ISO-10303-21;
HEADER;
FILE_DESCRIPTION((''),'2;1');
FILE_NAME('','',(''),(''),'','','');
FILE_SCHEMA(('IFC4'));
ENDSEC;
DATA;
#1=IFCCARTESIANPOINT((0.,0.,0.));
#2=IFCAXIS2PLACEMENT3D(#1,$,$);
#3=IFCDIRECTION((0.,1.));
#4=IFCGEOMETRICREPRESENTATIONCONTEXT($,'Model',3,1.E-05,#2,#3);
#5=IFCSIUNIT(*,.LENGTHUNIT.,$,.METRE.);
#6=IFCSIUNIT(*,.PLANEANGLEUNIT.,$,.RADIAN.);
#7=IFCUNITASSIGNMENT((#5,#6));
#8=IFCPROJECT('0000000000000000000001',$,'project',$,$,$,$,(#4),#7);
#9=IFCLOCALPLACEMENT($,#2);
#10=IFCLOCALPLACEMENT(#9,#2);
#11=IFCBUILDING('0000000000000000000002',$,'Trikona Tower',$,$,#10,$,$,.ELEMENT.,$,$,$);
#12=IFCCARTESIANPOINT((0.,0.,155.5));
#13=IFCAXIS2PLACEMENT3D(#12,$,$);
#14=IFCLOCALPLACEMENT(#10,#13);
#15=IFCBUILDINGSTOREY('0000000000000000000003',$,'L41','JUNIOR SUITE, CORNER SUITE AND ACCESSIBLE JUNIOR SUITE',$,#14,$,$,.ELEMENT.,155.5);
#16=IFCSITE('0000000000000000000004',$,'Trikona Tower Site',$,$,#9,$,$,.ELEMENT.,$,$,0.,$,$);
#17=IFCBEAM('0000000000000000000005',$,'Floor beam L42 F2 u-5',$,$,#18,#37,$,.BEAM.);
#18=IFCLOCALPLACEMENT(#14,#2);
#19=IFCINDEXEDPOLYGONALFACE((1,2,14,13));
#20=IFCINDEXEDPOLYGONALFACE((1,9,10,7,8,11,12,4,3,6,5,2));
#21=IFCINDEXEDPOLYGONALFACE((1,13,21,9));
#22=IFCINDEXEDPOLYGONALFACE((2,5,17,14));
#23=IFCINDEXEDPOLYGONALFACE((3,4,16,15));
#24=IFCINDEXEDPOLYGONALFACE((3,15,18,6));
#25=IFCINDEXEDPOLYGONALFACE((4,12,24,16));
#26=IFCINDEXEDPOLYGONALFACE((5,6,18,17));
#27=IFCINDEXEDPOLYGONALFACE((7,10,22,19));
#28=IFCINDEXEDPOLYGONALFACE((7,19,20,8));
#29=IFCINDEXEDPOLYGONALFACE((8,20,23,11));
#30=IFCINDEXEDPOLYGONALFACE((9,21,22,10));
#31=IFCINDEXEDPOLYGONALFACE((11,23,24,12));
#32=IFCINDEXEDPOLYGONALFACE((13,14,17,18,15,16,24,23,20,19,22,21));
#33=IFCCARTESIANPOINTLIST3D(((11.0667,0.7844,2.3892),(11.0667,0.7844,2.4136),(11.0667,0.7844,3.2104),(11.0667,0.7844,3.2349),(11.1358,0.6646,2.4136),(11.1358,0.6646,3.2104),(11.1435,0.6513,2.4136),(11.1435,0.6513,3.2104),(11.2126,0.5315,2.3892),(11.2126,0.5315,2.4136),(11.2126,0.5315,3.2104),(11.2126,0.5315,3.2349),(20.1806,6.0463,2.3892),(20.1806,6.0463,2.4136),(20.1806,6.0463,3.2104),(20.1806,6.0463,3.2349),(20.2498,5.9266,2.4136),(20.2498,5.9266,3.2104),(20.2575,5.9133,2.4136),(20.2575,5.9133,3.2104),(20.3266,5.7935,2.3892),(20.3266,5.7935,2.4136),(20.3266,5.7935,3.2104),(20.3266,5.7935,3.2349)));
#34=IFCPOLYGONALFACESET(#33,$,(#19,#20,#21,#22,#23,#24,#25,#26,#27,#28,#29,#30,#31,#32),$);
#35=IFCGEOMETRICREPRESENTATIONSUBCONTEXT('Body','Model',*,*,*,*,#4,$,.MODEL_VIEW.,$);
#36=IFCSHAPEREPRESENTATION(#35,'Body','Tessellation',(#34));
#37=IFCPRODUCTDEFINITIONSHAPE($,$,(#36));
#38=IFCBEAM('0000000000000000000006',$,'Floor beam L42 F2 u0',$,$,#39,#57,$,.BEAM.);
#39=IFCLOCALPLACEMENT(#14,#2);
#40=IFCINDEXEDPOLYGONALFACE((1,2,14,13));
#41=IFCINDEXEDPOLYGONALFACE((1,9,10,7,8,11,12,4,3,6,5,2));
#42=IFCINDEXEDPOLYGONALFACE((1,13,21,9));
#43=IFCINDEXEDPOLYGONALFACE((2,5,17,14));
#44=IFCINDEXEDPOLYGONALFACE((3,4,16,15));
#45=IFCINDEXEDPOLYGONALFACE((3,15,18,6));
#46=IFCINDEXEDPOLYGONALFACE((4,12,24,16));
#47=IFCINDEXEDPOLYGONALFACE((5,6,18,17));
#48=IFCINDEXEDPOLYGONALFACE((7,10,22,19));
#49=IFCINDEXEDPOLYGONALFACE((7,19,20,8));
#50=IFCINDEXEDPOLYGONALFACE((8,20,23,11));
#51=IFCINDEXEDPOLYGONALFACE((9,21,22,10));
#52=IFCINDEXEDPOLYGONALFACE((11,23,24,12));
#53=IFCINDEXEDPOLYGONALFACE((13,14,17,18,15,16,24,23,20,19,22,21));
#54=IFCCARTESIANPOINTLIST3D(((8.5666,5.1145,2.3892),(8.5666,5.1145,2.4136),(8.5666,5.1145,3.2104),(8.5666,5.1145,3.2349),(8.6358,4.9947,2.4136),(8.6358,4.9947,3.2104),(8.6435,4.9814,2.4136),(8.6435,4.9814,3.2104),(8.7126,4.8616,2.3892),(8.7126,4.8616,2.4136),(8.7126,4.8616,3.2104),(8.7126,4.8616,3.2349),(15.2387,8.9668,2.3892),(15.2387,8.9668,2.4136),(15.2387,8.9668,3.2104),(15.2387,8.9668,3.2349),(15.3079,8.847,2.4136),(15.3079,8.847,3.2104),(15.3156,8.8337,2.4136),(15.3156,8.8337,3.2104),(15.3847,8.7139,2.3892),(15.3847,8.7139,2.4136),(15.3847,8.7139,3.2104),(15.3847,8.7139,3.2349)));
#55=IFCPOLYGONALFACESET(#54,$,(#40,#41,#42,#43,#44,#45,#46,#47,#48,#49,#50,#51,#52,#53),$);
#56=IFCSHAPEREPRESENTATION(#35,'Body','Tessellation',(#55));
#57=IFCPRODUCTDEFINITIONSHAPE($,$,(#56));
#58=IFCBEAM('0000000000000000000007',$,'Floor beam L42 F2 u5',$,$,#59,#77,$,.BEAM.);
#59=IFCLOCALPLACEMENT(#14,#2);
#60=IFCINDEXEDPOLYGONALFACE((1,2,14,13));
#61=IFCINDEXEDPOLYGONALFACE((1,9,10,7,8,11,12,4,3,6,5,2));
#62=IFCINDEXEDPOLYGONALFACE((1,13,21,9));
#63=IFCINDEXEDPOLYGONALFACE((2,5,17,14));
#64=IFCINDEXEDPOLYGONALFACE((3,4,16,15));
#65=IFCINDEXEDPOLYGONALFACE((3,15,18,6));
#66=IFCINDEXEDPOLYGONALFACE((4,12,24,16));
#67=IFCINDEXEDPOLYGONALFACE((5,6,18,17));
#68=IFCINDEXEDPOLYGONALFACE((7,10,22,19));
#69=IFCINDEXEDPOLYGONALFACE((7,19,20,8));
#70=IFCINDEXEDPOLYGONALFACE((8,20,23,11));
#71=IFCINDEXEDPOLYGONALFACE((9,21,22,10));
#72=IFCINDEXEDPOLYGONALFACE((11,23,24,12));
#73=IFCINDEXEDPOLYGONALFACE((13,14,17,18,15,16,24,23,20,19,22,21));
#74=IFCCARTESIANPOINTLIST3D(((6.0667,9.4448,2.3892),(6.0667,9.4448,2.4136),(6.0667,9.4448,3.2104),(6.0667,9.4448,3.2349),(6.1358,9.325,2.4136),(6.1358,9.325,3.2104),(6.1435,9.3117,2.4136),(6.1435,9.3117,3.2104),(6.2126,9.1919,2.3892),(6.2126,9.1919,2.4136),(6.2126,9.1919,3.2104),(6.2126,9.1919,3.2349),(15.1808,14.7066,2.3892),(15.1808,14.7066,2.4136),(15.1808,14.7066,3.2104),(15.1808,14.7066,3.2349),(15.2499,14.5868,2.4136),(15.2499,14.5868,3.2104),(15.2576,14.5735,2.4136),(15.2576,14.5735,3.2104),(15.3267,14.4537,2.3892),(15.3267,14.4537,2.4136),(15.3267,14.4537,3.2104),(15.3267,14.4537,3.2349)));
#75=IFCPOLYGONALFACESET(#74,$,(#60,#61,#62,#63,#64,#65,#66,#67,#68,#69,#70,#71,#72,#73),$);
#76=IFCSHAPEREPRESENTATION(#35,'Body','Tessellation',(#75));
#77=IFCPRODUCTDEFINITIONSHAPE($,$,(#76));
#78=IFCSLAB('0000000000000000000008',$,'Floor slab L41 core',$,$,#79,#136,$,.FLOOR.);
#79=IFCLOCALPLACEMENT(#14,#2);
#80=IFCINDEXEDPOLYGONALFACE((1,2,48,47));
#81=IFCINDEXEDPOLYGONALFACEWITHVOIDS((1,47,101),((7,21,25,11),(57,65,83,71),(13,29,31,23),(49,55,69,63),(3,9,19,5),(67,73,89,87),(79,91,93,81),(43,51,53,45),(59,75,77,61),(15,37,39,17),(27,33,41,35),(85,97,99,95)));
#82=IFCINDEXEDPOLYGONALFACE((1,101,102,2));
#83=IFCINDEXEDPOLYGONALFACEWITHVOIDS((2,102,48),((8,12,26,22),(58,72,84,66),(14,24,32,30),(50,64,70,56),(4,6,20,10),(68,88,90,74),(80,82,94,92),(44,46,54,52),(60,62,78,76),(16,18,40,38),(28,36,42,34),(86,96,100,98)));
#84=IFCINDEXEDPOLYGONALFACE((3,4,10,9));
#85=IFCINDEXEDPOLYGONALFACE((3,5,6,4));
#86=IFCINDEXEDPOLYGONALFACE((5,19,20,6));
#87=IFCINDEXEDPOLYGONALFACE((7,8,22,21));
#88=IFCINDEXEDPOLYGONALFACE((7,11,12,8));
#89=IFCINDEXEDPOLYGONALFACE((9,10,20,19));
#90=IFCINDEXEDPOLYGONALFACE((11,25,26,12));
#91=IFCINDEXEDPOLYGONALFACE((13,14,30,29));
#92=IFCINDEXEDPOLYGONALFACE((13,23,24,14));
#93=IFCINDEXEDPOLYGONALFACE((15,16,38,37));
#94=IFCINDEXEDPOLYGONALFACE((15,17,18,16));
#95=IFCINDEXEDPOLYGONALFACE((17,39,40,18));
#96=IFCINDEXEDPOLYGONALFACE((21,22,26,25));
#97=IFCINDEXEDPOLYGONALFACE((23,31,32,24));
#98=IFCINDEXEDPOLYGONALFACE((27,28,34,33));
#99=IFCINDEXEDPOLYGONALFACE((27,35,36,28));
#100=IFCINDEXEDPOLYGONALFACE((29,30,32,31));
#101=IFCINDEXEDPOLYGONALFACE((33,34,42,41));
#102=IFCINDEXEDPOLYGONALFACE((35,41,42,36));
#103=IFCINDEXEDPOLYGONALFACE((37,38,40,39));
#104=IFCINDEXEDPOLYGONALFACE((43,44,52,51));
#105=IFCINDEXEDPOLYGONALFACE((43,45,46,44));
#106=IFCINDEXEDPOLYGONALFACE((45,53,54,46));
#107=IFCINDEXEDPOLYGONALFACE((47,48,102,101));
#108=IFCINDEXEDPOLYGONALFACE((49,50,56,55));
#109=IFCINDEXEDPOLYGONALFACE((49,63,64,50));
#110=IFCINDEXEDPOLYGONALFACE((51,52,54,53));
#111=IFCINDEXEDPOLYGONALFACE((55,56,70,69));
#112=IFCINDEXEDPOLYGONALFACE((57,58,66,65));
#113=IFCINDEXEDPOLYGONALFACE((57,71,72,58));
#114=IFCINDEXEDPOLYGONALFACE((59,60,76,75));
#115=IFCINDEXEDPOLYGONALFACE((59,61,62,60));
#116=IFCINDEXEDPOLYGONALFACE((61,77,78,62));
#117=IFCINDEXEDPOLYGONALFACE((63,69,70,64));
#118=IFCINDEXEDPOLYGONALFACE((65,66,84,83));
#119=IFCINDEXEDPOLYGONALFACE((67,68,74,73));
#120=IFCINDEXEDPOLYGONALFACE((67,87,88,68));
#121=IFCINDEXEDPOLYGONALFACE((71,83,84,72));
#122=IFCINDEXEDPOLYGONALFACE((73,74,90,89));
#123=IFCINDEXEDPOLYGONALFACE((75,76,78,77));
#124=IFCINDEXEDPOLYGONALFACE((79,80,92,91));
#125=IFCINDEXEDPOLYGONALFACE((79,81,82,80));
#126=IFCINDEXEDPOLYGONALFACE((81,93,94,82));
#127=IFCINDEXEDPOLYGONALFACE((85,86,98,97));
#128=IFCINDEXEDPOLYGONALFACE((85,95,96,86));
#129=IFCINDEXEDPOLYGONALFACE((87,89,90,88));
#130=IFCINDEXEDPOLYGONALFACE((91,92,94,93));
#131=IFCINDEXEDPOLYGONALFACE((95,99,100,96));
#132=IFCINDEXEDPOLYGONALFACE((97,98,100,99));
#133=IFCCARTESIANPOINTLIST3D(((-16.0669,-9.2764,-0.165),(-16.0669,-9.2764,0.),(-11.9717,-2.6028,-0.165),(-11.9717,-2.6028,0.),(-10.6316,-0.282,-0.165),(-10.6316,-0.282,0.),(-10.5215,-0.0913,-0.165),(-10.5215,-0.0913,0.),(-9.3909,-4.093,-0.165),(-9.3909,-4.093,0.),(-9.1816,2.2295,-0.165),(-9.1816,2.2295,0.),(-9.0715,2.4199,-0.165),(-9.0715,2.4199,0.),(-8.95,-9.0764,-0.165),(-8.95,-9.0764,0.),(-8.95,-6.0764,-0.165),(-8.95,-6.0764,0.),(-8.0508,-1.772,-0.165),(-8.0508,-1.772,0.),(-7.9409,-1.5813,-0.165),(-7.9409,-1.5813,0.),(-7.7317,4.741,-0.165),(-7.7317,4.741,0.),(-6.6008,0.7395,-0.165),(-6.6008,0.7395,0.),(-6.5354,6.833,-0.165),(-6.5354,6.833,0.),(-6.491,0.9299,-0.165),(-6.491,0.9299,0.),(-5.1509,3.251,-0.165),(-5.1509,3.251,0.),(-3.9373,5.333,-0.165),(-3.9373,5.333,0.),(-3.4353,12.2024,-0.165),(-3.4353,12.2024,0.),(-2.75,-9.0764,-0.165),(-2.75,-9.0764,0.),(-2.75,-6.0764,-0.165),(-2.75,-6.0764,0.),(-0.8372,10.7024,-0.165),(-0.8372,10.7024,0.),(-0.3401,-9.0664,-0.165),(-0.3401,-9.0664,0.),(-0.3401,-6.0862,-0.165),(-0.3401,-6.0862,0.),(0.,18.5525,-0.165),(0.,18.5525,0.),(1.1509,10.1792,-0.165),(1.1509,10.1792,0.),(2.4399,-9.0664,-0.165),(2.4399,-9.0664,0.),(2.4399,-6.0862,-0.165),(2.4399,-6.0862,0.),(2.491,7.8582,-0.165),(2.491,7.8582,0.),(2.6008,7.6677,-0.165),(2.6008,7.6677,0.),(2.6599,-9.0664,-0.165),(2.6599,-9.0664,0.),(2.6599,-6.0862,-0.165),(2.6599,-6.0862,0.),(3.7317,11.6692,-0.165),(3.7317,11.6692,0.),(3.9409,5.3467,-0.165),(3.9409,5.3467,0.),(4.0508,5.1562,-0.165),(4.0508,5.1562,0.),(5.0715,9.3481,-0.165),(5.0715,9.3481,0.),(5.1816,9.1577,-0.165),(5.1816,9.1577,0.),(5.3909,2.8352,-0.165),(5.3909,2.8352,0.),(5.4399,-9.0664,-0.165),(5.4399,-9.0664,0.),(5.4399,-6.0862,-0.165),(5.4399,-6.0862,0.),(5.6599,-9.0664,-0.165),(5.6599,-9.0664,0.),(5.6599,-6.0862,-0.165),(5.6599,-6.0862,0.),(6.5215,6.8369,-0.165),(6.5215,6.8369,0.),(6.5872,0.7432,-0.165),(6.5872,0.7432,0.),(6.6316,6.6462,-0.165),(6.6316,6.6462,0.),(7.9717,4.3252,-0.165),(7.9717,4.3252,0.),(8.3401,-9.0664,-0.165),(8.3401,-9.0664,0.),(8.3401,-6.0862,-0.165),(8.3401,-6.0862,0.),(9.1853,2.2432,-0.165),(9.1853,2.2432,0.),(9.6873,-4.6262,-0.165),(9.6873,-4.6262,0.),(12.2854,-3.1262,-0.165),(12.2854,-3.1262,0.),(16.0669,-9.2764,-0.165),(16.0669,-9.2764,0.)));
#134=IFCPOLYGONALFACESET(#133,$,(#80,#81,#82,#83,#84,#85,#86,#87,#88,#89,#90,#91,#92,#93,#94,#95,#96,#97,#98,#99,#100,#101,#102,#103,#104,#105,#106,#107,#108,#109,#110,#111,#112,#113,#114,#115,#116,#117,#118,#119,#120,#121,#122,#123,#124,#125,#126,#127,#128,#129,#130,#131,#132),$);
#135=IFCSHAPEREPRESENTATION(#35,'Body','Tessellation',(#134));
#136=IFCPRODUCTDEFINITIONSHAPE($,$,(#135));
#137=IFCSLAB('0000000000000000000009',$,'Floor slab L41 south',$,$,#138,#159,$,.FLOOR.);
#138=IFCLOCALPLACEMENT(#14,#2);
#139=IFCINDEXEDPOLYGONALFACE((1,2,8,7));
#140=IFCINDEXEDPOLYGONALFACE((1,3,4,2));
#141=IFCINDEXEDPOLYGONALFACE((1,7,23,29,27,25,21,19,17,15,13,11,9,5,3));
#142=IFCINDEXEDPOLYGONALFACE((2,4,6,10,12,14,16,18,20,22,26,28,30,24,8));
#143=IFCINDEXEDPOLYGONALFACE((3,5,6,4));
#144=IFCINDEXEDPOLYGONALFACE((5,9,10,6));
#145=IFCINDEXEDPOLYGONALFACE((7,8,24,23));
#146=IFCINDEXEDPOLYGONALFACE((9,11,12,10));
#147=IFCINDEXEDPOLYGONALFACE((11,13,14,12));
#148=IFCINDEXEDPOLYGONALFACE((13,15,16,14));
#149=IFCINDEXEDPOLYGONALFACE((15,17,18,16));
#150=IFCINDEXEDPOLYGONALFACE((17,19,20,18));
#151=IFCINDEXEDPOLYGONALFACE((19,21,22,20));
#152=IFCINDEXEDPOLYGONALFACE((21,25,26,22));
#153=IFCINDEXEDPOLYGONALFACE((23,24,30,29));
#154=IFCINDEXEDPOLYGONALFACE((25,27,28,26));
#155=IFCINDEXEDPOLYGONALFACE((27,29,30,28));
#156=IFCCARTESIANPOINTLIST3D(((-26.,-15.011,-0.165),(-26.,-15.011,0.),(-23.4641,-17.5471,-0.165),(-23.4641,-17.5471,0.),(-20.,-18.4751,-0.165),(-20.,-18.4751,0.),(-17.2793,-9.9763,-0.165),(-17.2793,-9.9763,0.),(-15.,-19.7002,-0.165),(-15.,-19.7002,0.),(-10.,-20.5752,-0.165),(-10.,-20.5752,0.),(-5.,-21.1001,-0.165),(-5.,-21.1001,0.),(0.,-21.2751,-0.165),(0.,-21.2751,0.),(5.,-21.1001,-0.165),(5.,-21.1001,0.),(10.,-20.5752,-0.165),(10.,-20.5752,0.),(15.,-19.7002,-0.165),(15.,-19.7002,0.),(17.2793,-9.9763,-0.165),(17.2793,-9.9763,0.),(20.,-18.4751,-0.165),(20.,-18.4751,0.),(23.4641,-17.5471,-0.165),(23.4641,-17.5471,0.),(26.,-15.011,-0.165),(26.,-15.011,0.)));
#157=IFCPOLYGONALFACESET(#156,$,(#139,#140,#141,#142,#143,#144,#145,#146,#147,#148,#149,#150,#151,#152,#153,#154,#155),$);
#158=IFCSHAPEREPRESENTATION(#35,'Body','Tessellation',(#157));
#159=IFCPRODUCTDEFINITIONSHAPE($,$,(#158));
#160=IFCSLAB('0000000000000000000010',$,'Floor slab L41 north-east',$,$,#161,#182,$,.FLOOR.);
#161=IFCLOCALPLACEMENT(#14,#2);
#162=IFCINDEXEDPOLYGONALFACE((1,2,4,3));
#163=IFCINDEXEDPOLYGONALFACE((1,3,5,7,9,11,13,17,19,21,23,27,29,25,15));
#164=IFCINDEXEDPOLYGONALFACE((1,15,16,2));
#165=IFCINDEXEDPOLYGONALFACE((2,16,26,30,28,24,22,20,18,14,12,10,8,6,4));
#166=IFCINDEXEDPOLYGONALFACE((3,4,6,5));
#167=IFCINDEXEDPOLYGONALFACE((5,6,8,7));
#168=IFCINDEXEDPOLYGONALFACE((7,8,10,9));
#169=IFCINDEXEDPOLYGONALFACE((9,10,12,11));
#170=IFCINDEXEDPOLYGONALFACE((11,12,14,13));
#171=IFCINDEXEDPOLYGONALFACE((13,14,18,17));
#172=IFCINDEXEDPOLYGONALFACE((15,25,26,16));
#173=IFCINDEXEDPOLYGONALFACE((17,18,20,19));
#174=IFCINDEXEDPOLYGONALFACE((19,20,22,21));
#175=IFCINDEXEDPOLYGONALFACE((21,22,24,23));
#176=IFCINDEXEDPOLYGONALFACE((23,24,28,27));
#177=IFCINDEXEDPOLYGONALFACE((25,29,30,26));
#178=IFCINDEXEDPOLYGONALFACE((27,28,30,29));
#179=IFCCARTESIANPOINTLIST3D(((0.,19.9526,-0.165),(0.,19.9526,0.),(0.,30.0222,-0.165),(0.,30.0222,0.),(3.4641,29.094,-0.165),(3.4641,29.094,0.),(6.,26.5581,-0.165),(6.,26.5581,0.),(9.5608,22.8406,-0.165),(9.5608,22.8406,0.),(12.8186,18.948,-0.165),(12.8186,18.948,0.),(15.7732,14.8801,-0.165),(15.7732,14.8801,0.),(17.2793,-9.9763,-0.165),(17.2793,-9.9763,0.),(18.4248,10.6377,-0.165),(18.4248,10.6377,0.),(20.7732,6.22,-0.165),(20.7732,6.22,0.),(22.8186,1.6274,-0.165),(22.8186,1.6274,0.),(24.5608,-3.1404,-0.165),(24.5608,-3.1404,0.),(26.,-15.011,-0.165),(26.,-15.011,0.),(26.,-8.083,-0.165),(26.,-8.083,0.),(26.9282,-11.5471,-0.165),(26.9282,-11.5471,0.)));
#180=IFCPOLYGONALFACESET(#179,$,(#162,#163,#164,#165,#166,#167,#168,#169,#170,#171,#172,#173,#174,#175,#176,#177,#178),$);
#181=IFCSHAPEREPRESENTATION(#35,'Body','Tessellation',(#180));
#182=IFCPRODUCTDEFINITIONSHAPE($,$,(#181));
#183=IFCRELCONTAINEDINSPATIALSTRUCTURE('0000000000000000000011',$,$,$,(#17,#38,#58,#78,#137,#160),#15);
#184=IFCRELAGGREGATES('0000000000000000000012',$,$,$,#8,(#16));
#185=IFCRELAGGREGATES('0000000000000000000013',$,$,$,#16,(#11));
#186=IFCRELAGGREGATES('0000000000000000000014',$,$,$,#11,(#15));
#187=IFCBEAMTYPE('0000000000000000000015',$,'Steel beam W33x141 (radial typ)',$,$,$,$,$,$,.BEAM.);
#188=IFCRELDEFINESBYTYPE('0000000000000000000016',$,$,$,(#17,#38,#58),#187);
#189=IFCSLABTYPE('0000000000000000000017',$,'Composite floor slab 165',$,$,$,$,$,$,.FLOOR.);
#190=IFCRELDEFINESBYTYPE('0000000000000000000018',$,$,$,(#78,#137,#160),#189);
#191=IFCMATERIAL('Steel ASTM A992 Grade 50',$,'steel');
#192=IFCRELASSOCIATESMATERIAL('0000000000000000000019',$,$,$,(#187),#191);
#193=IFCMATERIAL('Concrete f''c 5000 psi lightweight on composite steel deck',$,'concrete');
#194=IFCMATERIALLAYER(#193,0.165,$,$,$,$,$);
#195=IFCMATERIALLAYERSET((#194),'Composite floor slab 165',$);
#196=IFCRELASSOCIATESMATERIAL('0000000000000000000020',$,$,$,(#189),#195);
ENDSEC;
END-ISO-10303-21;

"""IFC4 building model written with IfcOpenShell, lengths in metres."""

from ifc_helpers import new_model, si_unit, direction, frame, origin, origin_2d, place, context, subcontext, project, spatial, polyline, i_section, outline, extrude, material, layer, layer_set, material_profile, profile_set, type_object, element, save


model = new_model("IFC4")

# Units and contexts
model_context = context("Model", 3, precision=1e-05, world=origin(), true_north=direction((0.0, 1.0)))
body_context = subcontext(model_context, "Body", "Model", "MODEL_VIEW")
ifc_project = project(units=[si_unit("LENGTHUNIT", "METRE"), si_unit("PLANEANGLEUNIT", "RADIAN")], contexts=[model_context])

# Site, building, storey
site_placement = place(None, origin())
site = spatial("IfcSite", under=ifc_project, at=site_placement, Name="Trikona Tower Site", CompositionType="ELEMENT", RefElevation=0.0)
building_placement = place(site_placement, origin())
building = spatial("IfcBuilding", under=site, at=building_placement, Name="Trikona Tower", CompositionType="ELEMENT")
storey_placement = place(building_placement, frame((0.0, 0.0, 155.5)))
storey = spatial("IfcBuildingStorey", under=building, at=storey_placement, Name="L41", Description="JUNIOR SUITE, CORNER SUITE AND ACCESSIBLE JUNIOR SUITE", CompositionType="ELEMENT", Elevation=155.5)

# Beams
ifc_material_1 = material(Name="Steel ASTM A992 Grade 50", Category="steel")
ifc_material_profile = material_profile(ifc_material_1, i_section(OverallWidth=0.292, OverallDepth=0.8457, WebThickness=0.0154, FlangeThickness=0.0244, at=origin_2d()), Name="W33X141")
ifc_profile_set = profile_set([ifc_material_profile], Name="Steel ASTM A992 Grade 50")
beam_type = type_object("IfcBeamType", Name="Steel beam W33x141 (radial typ)", PredefinedType="BEAM", material=ifc_profile_set)
beam_1_placement = place(storey_placement, frame((11.1396, 0.658, 2.812), z_axis=(0.866026, 0.499999, 0.0), x_axis=(-0.499999, 0.866026, 0.0)))
element("IfcBeam", 1, at=beam_1_placement, inside=storey, type_object=beam_type, Name="Floor beam L42 F2 u-5", PredefinedType="BEAM", context=body_context, shape_type="SweptSolid", body=[
    extrude(i_section(OverallWidth=0.292, OverallDepth=0.8457, WebThickness=0.0154, FlangeThickness=0.0244, at=origin_2d()), origin(), (0.0, 0.0, 1.0), 10.5239),
])
beam_2_placement = place(storey_placement, frame((8.6396, 4.988, 2.812), z_axis=(0.866017, 0.500014, 0.0), x_axis=(-0.500014, 0.866017, 0.0)))
element("IfcBeam", 2, at=beam_2_placement, inside=storey, type_object=beam_type, Name="Floor beam L42 F2 u0", PredefinedType="BEAM", context=body_context, shape_type="SweptSolid", body=[
    extrude(i_section(OverallWidth=0.292, OverallDepth=0.8457, WebThickness=0.0154, FlangeThickness=0.0244, at=origin_2d()), origin(), (0.0, 0.0, 1.0), 7.7043),
])
beam_3_placement = place(storey_placement, frame((6.1396, 9.3184, 2.812), z_axis=(0.866036, 0.499982, 0.0), x_axis=(-0.499982, 0.866036, 0.0)))
element("IfcBeam", 3, at=beam_3_placement, inside=storey, type_object=beam_type, Name="Floor beam L42 F2 u5", PredefinedType="BEAM", context=body_context, shape_type="SweptSolid", body=[
    extrude(i_section(OverallWidth=0.292, OverallDepth=0.8457, WebThickness=0.0154, FlangeThickness=0.0244, at=origin_2d()), origin(), (0.0, 0.0, 1.0), 10.5239),
])

# Slabs
ifc_material_2 = material(Name="Concrete f'c 5000 psi lightweight on composite steel deck", Category="concrete")
ifc_layer_1 = layer(ifc_material_2, 0.165)
ifc_layer_set_1 = layer_set([ifc_layer_1], Name="Composite floor slab 165")
slab_type_1 = type_object("IfcSlabType", Name="Composite floor slab 165", PredefinedType="FLOOR", material=ifc_layer_set_1)
slab_1_placement = place(storey_placement, frame((0.0, 0.0, -0.165)))
element("IfcSlab", 4, at=slab_1_placement, inside=storey, type_object=slab_type_1, Name="Floor slab L41 core", PredefinedType="FLOOR", context=body_context, shape_type="SweptSolid", body=[
    extrude(outline(polyline([(-16.0669, -9.2764), (16.0669, -9.2764), (0.0, 18.5525), (-16.0669, -9.2764)]), holes=[polyline([(12.2854, -3.1262), (9.1853, 2.2432), (6.5872, 0.7432), (9.6873, -4.6262), (12.2854, -3.1262)]), polyline([(8.3401, -9.0664), (8.3401, -6.0862), (5.6599, -6.0862), (5.6599, -9.0664), (8.3401, -9.0664)]), polyline([(5.3909, 2.8352), (7.9717, 4.3252), (6.6316, 6.6462), (4.0508, 5.1562), (5.3909, 2.8352)]), polyline([(2.6008, 7.6677), (3.9409, 5.3467), (6.5215, 6.8369), (5.1816, 9.1577), (2.6008, 7.6677)]), polyline([(5.4399, -6.0862), (2.6599, -6.0862), (2.6599, -9.0664), (5.4399, -9.0664), (5.4399, -6.0862)]), polyline([(3.7317, 11.6692), (1.1509, 10.1792), (2.491, 7.8582), (5.0715, 9.3481), (3.7317, 11.6692)]), polyline([(-0.3401, -6.0862), (-0.3401, -9.0664), (2.4399, -9.0664), (2.4399, -6.0862), (-0.3401, -6.0862)]), polyline([(-3.4353, 12.2024), (-6.5354, 6.833), (-3.9373, 5.333), (-0.8372, 10.7024), (-3.4353, 12.2024)]), polyline([(-8.95, -9.0764), (-2.75, -9.0764), (-2.75, -6.0764), (-8.95, -6.0764), (-8.95, -9.0764)]), polyline([(-5.1509, 3.251), (-7.7317, 4.741), (-9.0715, 2.4199), (-6.491, 0.9299), (-5.1509, 3.251)]), polyline([(-7.9409, -1.5813), (-6.6008, 0.7395), (-9.1816, 2.2295), (-10.5215, -0.0913), (-7.9409, -1.5813)]), polyline([(-11.9717, -2.6028), (-9.3909, -4.093), (-8.0508, -1.772), (-10.6316, -0.282), (-11.9717, -2.6028)])]), origin(), (0.0, 0.0, 1.0), 0.165),
])
slab_2_placement = place(storey_placement, frame((0.0, 0.0, -0.165)))
element("IfcSlab", 5, at=slab_2_placement, inside=storey, type_object=slab_type_1, Name="Floor slab L41 south", PredefinedType="FLOOR", context=body_context, shape_type="SweptSolid", body=[
    extrude(outline(polyline([(23.4641, -17.5471), (26.0, -15.011), (17.2793, -9.9763), (-17.2793, -9.9763), (-26.0, -15.011), (-23.4641, -17.5471), (-20.0, -18.4751), (-15.0, -19.7002), (-10.0, -20.5752), (-5.0, -21.1001), (0.0, -21.2751), (5.0, -21.1001), (10.0, -20.5752), (15.0, -19.7002), (20.0, -18.4751), (23.4641, -17.5471)])), origin(), (0.0, 0.0, 1.0), 0.165),
])
slab_3_placement = place(storey_placement, frame((0.0, 0.0, -0.165)))
element("IfcSlab", 6, at=slab_3_placement, inside=storey, type_object=slab_type_1, Name="Floor slab L41 north-east", PredefinedType="FLOOR", context=body_context, shape_type="SweptSolid", body=[
    extrude(outline(polyline([(3.4641, 29.094), (0.0, 30.0222), (0.0, 19.9526), (17.2793, -9.9763), (26.0, -15.011), (26.9282, -11.5471), (26.0, -8.083), (24.5608, -3.1404), (22.8186, 1.6274), (20.7732, 6.22), (18.4248, 10.6377), (15.7732, 14.8801), (12.8186, 18.948), (9.5608, 22.8406), (6.0, 26.5581), (3.4641, 29.094)])), origin(), (0.0, 0.0, 1.0), 0.165),
])

save(model, "model.ifc")
